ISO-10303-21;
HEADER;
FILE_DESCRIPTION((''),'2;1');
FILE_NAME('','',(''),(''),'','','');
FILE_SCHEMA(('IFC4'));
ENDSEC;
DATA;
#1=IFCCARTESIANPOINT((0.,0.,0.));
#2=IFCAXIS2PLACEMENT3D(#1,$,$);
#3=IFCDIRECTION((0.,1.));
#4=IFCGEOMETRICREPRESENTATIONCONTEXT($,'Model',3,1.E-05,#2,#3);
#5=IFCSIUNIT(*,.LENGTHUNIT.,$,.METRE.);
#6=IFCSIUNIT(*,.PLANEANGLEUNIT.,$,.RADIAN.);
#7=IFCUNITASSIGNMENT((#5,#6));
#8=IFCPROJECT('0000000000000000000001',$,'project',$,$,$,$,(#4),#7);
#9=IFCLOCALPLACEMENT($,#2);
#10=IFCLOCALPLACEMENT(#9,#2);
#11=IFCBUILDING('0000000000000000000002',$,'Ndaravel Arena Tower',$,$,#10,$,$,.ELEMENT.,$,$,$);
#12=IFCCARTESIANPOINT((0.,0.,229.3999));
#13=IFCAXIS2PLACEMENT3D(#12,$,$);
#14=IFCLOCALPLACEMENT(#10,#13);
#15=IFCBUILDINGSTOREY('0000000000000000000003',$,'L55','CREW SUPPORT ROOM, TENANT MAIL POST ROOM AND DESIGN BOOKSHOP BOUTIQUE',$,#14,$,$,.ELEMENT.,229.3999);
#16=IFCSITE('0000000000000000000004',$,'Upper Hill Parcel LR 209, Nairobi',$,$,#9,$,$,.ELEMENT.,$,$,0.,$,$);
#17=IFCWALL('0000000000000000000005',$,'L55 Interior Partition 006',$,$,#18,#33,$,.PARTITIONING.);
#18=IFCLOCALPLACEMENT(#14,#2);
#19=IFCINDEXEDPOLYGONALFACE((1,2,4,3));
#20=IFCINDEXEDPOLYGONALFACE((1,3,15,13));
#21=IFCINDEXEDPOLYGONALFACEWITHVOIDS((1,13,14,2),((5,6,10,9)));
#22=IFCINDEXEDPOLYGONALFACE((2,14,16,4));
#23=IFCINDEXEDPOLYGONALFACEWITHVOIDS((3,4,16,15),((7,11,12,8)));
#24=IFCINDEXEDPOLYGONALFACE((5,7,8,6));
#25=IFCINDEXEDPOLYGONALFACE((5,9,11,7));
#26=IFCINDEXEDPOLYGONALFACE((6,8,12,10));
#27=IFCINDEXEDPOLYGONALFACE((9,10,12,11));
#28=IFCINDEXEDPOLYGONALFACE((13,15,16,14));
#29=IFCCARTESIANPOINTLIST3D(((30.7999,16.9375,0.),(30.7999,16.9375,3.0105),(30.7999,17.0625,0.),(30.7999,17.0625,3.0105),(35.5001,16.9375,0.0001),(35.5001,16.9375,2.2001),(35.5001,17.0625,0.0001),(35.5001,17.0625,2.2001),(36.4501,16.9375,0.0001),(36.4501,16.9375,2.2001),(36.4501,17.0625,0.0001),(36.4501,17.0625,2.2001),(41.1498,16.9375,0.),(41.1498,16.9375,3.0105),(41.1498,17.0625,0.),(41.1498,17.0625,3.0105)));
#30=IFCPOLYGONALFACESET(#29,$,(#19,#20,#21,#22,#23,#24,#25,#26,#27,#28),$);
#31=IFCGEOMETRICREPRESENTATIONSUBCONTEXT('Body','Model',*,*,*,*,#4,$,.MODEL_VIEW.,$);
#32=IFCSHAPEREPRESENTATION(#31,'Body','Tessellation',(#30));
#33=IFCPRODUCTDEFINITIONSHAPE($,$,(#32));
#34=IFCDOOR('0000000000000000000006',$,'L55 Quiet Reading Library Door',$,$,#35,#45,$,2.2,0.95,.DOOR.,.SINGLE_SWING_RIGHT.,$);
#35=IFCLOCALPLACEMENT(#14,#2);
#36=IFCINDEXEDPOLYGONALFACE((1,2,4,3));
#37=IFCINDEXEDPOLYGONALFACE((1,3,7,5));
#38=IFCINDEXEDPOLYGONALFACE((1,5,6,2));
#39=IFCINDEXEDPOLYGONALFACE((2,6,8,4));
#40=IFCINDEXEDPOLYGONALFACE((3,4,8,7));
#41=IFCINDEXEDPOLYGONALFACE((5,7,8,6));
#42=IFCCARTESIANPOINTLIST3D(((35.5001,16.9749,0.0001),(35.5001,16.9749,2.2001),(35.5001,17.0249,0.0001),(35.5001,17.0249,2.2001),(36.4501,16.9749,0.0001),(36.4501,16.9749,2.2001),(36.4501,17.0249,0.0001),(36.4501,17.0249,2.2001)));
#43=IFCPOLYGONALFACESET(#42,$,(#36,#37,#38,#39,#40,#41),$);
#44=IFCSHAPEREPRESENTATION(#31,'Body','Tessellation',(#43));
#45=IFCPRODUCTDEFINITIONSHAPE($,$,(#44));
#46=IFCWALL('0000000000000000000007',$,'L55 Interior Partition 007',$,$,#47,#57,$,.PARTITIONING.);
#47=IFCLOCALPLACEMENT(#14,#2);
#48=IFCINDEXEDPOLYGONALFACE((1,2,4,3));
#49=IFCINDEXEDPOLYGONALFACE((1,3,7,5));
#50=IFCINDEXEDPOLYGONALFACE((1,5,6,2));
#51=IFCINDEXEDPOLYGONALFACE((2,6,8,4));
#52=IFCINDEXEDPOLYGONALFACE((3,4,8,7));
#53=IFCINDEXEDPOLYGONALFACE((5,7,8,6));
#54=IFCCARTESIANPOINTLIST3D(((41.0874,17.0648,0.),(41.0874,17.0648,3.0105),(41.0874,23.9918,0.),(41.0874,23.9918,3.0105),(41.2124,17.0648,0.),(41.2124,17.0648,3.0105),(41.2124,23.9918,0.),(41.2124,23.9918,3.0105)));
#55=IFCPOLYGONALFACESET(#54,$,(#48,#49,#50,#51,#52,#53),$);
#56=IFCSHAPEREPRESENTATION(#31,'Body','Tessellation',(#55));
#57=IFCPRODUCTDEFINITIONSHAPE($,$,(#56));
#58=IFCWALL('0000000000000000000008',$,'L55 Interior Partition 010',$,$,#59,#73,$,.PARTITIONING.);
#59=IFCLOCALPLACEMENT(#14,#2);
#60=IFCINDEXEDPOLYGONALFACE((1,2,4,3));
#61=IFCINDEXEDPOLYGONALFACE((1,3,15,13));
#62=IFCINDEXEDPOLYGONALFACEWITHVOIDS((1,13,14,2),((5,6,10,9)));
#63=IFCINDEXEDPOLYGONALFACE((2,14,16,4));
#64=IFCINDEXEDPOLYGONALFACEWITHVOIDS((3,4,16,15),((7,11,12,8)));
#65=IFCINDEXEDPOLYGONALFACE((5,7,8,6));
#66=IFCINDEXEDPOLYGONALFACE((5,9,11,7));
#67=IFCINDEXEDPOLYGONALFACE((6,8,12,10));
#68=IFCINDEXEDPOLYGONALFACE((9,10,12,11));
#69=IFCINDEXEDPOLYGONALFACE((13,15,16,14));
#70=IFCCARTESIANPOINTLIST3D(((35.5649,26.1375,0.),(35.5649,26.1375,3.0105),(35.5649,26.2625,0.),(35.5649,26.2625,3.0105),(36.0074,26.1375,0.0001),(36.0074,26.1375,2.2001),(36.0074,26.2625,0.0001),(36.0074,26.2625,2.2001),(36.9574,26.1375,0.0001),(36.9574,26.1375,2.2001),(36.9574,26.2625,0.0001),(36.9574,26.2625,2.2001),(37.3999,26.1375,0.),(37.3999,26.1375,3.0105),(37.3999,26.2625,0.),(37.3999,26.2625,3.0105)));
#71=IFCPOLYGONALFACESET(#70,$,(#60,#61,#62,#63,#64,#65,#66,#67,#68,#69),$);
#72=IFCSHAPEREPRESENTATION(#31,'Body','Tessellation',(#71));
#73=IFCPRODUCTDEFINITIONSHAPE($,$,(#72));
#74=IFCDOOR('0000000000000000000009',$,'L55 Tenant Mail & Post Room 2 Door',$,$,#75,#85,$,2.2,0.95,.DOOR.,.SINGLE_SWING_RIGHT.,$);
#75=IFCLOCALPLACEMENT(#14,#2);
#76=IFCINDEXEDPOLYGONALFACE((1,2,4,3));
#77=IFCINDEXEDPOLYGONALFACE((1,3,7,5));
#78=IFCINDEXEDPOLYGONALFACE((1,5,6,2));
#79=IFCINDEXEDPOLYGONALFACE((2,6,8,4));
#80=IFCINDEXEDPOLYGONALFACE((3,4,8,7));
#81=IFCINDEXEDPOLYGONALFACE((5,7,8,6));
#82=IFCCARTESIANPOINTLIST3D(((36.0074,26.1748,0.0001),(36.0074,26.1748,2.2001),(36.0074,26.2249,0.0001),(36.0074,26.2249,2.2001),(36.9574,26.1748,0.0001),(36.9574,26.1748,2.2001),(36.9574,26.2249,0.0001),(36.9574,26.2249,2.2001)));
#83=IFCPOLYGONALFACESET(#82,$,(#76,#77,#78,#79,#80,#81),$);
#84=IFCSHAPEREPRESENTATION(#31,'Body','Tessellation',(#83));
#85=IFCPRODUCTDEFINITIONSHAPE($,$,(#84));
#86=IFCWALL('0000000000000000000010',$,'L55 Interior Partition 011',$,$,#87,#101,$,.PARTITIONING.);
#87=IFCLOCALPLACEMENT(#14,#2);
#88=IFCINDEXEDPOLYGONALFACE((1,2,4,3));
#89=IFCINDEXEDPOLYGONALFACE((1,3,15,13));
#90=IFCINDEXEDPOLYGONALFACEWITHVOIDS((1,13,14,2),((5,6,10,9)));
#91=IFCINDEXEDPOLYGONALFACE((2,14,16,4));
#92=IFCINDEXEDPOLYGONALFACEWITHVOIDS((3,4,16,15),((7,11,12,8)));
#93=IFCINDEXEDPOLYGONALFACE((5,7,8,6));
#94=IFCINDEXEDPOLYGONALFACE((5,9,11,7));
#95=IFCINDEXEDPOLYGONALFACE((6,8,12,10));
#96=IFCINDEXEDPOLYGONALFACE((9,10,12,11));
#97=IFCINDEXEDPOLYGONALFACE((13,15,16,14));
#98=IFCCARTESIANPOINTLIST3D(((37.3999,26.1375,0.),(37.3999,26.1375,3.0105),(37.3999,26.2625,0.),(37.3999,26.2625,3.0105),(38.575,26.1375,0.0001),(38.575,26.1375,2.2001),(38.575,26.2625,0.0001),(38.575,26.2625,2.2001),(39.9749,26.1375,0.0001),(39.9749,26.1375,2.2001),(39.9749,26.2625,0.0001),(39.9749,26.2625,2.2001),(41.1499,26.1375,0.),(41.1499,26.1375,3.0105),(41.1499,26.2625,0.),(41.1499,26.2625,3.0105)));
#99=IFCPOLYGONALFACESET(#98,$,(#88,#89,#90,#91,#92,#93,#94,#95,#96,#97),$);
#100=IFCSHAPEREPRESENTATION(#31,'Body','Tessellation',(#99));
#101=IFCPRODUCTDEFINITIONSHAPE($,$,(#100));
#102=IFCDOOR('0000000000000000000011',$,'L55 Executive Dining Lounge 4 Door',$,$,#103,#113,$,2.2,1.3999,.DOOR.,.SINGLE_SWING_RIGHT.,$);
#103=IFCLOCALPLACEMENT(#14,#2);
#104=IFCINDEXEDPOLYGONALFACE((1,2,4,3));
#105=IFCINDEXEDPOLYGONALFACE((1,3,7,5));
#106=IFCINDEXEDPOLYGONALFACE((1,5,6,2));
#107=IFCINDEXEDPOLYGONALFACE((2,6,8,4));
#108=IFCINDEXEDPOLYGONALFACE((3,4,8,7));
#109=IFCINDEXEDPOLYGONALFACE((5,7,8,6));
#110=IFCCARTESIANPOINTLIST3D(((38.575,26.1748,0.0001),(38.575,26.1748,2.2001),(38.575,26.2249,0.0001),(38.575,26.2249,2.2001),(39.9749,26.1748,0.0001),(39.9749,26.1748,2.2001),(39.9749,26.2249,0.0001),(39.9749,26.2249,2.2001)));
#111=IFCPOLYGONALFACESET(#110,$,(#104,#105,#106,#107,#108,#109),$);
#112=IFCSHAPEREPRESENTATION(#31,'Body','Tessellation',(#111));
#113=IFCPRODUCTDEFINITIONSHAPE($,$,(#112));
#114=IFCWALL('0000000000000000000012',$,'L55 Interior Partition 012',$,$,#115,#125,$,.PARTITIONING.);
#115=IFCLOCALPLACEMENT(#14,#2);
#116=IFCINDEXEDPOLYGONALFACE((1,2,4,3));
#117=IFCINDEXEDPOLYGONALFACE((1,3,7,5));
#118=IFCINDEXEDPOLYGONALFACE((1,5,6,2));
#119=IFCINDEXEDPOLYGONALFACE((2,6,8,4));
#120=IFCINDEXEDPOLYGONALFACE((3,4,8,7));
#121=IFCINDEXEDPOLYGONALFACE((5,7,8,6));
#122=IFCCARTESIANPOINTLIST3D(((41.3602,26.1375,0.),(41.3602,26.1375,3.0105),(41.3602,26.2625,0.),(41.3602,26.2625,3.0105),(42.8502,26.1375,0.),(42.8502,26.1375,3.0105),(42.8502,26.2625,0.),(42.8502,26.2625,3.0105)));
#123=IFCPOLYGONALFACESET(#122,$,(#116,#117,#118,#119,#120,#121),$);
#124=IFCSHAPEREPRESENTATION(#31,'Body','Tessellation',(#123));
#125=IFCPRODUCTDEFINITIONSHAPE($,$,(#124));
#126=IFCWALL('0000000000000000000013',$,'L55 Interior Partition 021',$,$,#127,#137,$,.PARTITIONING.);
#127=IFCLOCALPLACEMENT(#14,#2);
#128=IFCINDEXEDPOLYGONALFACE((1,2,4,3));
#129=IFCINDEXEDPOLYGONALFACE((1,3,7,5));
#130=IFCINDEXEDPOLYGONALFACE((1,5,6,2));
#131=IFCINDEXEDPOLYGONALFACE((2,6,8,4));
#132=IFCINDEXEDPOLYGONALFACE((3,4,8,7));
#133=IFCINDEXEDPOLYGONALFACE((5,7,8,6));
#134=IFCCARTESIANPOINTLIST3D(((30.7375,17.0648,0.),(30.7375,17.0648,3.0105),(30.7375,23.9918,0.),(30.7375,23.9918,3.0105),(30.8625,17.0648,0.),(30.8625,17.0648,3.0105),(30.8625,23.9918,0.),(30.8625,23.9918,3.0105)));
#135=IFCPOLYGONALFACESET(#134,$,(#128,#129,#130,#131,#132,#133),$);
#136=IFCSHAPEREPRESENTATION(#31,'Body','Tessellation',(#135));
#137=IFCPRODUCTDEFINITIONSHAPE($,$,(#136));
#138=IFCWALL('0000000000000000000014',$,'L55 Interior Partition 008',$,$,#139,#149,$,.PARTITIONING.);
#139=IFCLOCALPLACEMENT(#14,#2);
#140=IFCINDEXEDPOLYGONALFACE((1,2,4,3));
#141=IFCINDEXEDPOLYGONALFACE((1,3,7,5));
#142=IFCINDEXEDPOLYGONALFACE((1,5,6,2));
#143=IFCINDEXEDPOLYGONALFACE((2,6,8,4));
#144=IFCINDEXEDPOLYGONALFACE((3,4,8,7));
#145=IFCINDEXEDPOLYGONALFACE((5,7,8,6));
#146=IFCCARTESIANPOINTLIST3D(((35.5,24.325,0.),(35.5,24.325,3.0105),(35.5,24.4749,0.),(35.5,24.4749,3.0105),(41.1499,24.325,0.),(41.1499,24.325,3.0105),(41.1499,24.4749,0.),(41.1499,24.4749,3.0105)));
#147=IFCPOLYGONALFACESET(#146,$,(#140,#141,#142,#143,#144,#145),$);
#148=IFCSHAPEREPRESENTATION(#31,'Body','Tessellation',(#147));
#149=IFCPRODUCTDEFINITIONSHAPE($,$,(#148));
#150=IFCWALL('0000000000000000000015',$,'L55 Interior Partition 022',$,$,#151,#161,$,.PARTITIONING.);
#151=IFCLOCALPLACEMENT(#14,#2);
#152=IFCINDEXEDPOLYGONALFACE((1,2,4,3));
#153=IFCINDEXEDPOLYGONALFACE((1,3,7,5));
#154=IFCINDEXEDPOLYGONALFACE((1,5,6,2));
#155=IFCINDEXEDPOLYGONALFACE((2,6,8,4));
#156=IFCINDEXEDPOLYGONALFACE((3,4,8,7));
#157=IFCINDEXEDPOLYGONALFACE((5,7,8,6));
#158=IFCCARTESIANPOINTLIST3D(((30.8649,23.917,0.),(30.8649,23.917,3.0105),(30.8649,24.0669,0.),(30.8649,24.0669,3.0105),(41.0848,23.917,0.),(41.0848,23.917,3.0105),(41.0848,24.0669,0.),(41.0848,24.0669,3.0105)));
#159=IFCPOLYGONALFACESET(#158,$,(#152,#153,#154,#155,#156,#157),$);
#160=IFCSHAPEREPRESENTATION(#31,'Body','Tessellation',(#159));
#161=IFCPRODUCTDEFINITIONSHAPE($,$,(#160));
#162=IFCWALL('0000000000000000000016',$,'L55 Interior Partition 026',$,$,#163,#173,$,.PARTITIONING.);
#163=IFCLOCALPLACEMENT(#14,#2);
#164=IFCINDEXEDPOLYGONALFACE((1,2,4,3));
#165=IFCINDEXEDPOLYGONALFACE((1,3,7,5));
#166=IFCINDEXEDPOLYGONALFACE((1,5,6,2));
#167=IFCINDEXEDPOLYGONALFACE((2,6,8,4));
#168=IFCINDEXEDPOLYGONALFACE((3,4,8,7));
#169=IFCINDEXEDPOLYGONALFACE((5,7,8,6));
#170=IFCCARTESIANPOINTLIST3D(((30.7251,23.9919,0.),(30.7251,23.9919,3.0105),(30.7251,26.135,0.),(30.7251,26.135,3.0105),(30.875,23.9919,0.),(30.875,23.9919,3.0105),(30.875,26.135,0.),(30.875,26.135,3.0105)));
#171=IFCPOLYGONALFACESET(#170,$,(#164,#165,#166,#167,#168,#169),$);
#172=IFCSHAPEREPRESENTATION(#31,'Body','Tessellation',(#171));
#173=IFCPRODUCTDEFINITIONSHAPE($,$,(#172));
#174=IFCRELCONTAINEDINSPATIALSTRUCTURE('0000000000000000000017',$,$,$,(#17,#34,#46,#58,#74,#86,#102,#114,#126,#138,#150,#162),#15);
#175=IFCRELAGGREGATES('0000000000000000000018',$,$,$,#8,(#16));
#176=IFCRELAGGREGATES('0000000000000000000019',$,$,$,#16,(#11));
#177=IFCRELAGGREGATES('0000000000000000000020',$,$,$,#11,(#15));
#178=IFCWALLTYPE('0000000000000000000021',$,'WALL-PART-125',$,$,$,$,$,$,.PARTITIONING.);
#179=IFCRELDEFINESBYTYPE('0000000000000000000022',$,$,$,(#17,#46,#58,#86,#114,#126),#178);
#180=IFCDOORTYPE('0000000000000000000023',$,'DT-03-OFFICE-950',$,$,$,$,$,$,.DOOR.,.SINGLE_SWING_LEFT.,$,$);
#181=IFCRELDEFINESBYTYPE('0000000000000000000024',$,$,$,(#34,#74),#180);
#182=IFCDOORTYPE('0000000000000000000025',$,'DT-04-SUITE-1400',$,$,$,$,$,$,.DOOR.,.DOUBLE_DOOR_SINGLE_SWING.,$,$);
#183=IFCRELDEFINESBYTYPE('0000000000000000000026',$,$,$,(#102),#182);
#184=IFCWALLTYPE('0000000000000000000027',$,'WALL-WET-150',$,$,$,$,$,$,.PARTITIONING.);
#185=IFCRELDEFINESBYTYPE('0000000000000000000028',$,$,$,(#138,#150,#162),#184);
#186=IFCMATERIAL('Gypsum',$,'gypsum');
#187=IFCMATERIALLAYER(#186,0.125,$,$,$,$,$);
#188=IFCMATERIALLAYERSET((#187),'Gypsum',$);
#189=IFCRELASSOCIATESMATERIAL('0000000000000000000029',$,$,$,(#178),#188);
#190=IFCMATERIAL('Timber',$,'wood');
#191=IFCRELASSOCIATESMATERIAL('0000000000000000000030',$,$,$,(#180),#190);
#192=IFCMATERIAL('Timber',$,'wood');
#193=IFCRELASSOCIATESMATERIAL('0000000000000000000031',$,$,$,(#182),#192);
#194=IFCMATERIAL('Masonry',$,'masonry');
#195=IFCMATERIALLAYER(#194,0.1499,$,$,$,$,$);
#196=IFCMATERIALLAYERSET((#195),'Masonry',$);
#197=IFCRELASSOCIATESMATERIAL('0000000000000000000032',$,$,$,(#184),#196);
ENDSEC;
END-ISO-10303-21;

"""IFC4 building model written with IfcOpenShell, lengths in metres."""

from ifc_helpers import new_model, si_unit, direction, frame, frame_2d, origin, place, context, subcontext, project, spatial, rectangle, extrude, material, layer, layer_set, type_object, element, fill, save


model = new_model("IFC4")

# Units and contexts
model_context = context("Model", 3, precision=1e-05, world=origin(), true_north=direction((0.0, 1.0)))
body_context = subcontext(model_context, "Body", "Model", "MODEL_VIEW")
ifc_project = project(units=[si_unit("LENGTHUNIT", "METRE"), si_unit("PLANEANGLEUNIT", "RADIAN")], contexts=[model_context])

# Site, building, storey
site_placement = place(None, origin())
site = spatial("IfcSite", under=ifc_project, at=site_placement, Name="Upper Hill Parcel LR 209, Nairobi", CompositionType="ELEMENT", RefElevation=0.0)
building_placement = place(site_placement, origin())
building = spatial("IfcBuilding", under=site, at=building_placement, Name="Ndaravel Arena Tower", CompositionType="ELEMENT")
storey_placement = place(building_placement, frame((0.0, 0.0, 229.3999)))
storey = spatial("IfcBuildingStorey", under=building, at=storey_placement, Name="L55", Description="CREW SUPPORT ROOM, TENANT MAIL POST ROOM AND DESIGN BOOKSHOP BOUTIQUE", CompositionType="ELEMENT", Elevation=229.3999)

# Wall, opening, door
ifc_material_1 = material(Name="Gypsum", Category="gypsum")
ifc_layer_1 = layer(ifc_material_1, 0.125)
ifc_layer_set_1 = layer_set([ifc_layer_1], Name="Gypsum")
wall_type_1 = type_object("IfcWallType", Name="WALL-PART-125", PredefinedType="PARTITIONING", material=ifc_layer_set_1)
wall_1_placement = place(storey_placement, frame((30.8, 17.0, 0.0), z_axis=(0.0, 0.0, 1.0), x_axis=(1.0, 0.0, 0.0)))
wall_1 = element("IfcWall", 1, at=wall_1_placement, inside=storey, type_object=wall_type_1, Name="L55 Interior Partition 006", PredefinedType="PARTITIONING", context=body_context, shape_type="SweptSolid", body=[
    extrude(rectangle(XDim=10.3499, YDim=0.125, at=frame_2d((5.1748, 0.0))), origin(), (0.0, 0.0, 1.0), 3.0105),
])
opening_1_placement = place(wall_1_placement, frame((4.7, 0.0, 0.0)))
opening_1 = element("IfcOpeningElement", 2, at=opening_1_placement, cuts=wall_1, PredefinedType="OPENING", context=body_context, shape_type="SweptSolid", body=[
    extrude(rectangle(XDim=0.95, YDim=2.2, at=frame_2d((0.4751, 1.1001))), frame((0.0, 0.0625, 0.0), z_axis=(0.0, -1.0, 0.0), x_axis=(1.0, 0.0, 0.0)), (0.0, 0.0, 1.0), 0.125),
])
ifc_material_2 = material(Name="Timber", Category="wood")
door_type_1 = type_object("IfcDoorType", Name="DT-03-OFFICE-950", OperationType="SINGLE_SWING_LEFT", PredefinedType="DOOR", material=ifc_material_2)
door_1_placement = place(opening_1_placement, origin())
door_1 = element("IfcDoor", 3, at=door_1_placement, inside=storey, type_object=door_type_1, Name="L55 Quiet Reading Library Door", OperationType="SINGLE_SWING_RIGHT", OverallHeight=2.2, OverallWidth=0.95, PredefinedType="DOOR", context=body_context, shape_type="SweptSolid", body=[
    extrude(rectangle(XDim=0.95, YDim=2.2, at=frame_2d((0.4751, 1.1001))), frame((0.0, 0.0249, 0.0), z_axis=(0.0, -1.0, 0.0), x_axis=(1.0, 0.0, 0.0)), (0.0, 0.0, 1.0), 0.05),
])
fill(opening_1, door_1)

# Wall
wall_2_placement = place(storey_placement, frame((41.1499, 17.0649, 0.0), z_axis=(0.0, 0.0, 1.0), x_axis=(0.0, 1.0, 0.0)))
element("IfcWall", 4, at=wall_2_placement, inside=storey, type_object=wall_type_1, Name="L55 Interior Partition 007", PredefinedType="PARTITIONING", context=body_context, shape_type="SweptSolid", body=[
    extrude(rectangle(XDim=6.927, YDim=0.125, at=frame_2d((3.4634, 0.0))), origin(), (0.0, 0.0, 1.0), 3.0105),
])

# Walls, openings, doors
wall_3_placement = place(storey_placement, frame((35.5649, 26.2, 0.0), z_axis=(0.0, 0.0, 1.0), x_axis=(1.0, 0.0, 0.0)))
wall_3 = element("IfcWall", 5, at=wall_3_placement, inside=storey, type_object=wall_type_1, Name="L55 Interior Partition 010", PredefinedType="PARTITIONING", context=body_context, shape_type="SweptSolid", body=[
    extrude(rectangle(XDim=1.835, YDim=0.125, at=frame_2d((0.9175, 0.0))), origin(), (0.0, 0.0, 1.0), 3.0105),
])
opening_2_placement = place(wall_3_placement, frame((0.4424, 0.0, 0.0)))
opening_2 = element("IfcOpeningElement", 6, at=opening_2_placement, cuts=wall_3, PredefinedType="OPENING", context=body_context, shape_type="SweptSolid", body=[
    extrude(rectangle(XDim=0.95, YDim=2.2, at=frame_2d((0.4751, 1.1001))), frame((0.0, 0.0625, 0.0), z_axis=(0.0, -1.0, 0.0), x_axis=(1.0, 0.0, 0.0)), (0.0, 0.0, 1.0), 0.125),
])
door_2_placement = place(opening_2_placement, origin())
door_2 = element("IfcDoor", 7, at=door_2_placement, inside=storey, type_object=door_type_1, Name="L55 Tenant Mail & Post Room 2 Door", OperationType="SINGLE_SWING_RIGHT", OverallHeight=2.2, OverallWidth=0.95, PredefinedType="DOOR", context=body_context, shape_type="SweptSolid", body=[
    extrude(rectangle(XDim=0.95, YDim=2.2, at=frame_2d((0.4751, 1.1001))), frame((0.0, 0.0249, 0.0), z_axis=(0.0, -1.0, 0.0), x_axis=(1.0, 0.0, 0.0)), (0.0, 0.0, 1.0), 0.05),
])
fill(opening_2, door_2)
wall_4_placement = place(storey_placement, frame((37.3999, 26.2, 0.0), z_axis=(0.0, 0.0, 1.0), x_axis=(1.0, 0.0, 0.0)))
wall_4 = element("IfcWall", 8, at=wall_4_placement, inside=storey, type_object=wall_type_1, Name="L55 Interior Partition 011", PredefinedType="PARTITIONING", context=body_context, shape_type="SweptSolid", body=[
    extrude(rectangle(XDim=3.75, YDim=0.125, at=frame_2d((1.875, 0.0))), origin(), (0.0, 0.0, 1.0), 3.0105),
])
opening_3_placement = place(wall_4_placement, frame((1.175, 0.0, 0.0)))
opening_3 = element("IfcOpeningElement", 9, at=opening_3_placement, cuts=wall_4, PredefinedType="OPENING", context=body_context, shape_type="SweptSolid", body=[
    extrude(rectangle(XDim=1.3999, YDim=2.2, at=frame_2d((0.7, 1.1001))), frame((0.0, 0.0625, 0.0), z_axis=(0.0, -1.0, 0.0), x_axis=(1.0, 0.0, 0.0)), (0.0, 0.0, 1.0), 0.125),
])
ifc_material_3 = material(Name="Timber", Category="wood")
door_type_2 = type_object("IfcDoorType", Name="DT-04-SUITE-1400", OperationType="DOUBLE_DOOR_SINGLE_SWING", PredefinedType="DOOR", material=ifc_material_3)
door_3_placement = place(opening_3_placement, origin())
door_3 = element("IfcDoor", 10, at=door_3_placement, inside=storey, type_object=door_type_2, Name="L55 Executive Dining Lounge 4 Door", OperationType="SINGLE_SWING_RIGHT", OverallHeight=2.2, OverallWidth=1.3999, PredefinedType="DOOR", context=body_context, shape_type="SweptSolid", body=[
    extrude(rectangle(XDim=1.3999, YDim=2.2, at=frame_2d((0.7, 1.1001))), frame((0.0, 0.0249, 0.0), z_axis=(0.0, -1.0, 0.0), x_axis=(1.0, 0.0, 0.0)), (0.0, 0.0, 1.0), 0.05),
])
fill(opening_3, door_3)

# Walls
wall_5_placement = place(storey_placement, frame((41.3601, 26.2, 0.0), z_axis=(0.0, 0.0, 1.0), x_axis=(1.0, 0.0, 0.0)))
element("IfcWall", 11, at=wall_5_placement, inside=storey, type_object=wall_type_1, Name="L55 Interior Partition 012", PredefinedType="PARTITIONING", context=body_context, shape_type="SweptSolid", body=[
    extrude(rectangle(XDim=1.49, YDim=0.125, at=frame_2d((0.7451, 0.0))), origin(), (0.0, 0.0, 1.0), 3.0105),
])
wall_6_placement = place(storey_placement, frame((30.8, 17.0649, 0.0), z_axis=(0.0, 0.0, 1.0), x_axis=(0.0, 1.0, 0.0)))
element("IfcWall", 12, at=wall_6_placement, inside=storey, type_object=wall_type_1, Name="L55 Interior Partition 021", PredefinedType="PARTITIONING", context=body_context, shape_type="SweptSolid", body=[
    extrude(rectangle(XDim=6.927, YDim=0.125, at=frame_2d((3.4634, 0.0))), origin(), (0.0, 0.0, 1.0), 3.0105),
])
ifc_material_4 = material(Name="Masonry", Category="masonry")
ifc_layer_2 = layer(ifc_material_4, 0.1499)
ifc_layer_set_2 = layer_set([ifc_layer_2], Name="Masonry")
wall_type_2 = type_object("IfcWallType", Name="WALL-WET-150", PredefinedType="PARTITIONING", material=ifc_layer_set_2)
wall_7_placement = place(storey_placement, frame((41.1499, 24.3999, 0.0), z_axis=(0.0, 0.0, 1.0), x_axis=(-1.0, 0.0, 0.0)))
element("IfcWall", 13, at=wall_7_placement, inside=storey, type_object=wall_type_2, Name="L55 Interior Partition 008", PredefinedType="PARTITIONING", context=body_context, shape_type="SweptSolid", body=[
    extrude(rectangle(XDim=5.6499, YDim=0.1499, at=frame_2d((2.825, 0.0))), origin(), (0.0, 0.0, 1.0), 3.0105),
])

# Walls
wall_8_placement = place(storey_placement, frame((30.865, 23.9919, 0.0), z_axis=(0.0, 0.0, 1.0), x_axis=(1.0, 0.0, 0.0)))
element("IfcWall", 14, at=wall_8_placement, inside=storey, type_object=wall_type_2, Name="L55 Interior Partition 022", PredefinedType="PARTITIONING", context=body_context, shape_type="SweptSolid", body=[
    extrude(rectangle(XDim=10.22, YDim=0.1499, at=frame_2d((5.1099, 0.0))), origin(), (0.0, 0.0, 1.0), 3.0105),
])
wall_9_placement = place(storey_placement, frame((30.8, 26.135, 0.0), z_axis=(0.0, 0.0, 1.0), x_axis=(0.0, -1.0, 0.0)))
element("IfcWall", 15, at=wall_9_placement, inside=storey, type_object=wall_type_2, Name="L55 Interior Partition 026", PredefinedType="PARTITIONING", context=body_context, shape_type="SweptSolid", body=[
    extrude(rectangle(XDim=2.1431, YDim=0.1499, at=frame_2d((1.0715, 0.0))), origin(), (0.0, 0.0, 1.0), 3.0105),
])

save(model, "model.ifc")
